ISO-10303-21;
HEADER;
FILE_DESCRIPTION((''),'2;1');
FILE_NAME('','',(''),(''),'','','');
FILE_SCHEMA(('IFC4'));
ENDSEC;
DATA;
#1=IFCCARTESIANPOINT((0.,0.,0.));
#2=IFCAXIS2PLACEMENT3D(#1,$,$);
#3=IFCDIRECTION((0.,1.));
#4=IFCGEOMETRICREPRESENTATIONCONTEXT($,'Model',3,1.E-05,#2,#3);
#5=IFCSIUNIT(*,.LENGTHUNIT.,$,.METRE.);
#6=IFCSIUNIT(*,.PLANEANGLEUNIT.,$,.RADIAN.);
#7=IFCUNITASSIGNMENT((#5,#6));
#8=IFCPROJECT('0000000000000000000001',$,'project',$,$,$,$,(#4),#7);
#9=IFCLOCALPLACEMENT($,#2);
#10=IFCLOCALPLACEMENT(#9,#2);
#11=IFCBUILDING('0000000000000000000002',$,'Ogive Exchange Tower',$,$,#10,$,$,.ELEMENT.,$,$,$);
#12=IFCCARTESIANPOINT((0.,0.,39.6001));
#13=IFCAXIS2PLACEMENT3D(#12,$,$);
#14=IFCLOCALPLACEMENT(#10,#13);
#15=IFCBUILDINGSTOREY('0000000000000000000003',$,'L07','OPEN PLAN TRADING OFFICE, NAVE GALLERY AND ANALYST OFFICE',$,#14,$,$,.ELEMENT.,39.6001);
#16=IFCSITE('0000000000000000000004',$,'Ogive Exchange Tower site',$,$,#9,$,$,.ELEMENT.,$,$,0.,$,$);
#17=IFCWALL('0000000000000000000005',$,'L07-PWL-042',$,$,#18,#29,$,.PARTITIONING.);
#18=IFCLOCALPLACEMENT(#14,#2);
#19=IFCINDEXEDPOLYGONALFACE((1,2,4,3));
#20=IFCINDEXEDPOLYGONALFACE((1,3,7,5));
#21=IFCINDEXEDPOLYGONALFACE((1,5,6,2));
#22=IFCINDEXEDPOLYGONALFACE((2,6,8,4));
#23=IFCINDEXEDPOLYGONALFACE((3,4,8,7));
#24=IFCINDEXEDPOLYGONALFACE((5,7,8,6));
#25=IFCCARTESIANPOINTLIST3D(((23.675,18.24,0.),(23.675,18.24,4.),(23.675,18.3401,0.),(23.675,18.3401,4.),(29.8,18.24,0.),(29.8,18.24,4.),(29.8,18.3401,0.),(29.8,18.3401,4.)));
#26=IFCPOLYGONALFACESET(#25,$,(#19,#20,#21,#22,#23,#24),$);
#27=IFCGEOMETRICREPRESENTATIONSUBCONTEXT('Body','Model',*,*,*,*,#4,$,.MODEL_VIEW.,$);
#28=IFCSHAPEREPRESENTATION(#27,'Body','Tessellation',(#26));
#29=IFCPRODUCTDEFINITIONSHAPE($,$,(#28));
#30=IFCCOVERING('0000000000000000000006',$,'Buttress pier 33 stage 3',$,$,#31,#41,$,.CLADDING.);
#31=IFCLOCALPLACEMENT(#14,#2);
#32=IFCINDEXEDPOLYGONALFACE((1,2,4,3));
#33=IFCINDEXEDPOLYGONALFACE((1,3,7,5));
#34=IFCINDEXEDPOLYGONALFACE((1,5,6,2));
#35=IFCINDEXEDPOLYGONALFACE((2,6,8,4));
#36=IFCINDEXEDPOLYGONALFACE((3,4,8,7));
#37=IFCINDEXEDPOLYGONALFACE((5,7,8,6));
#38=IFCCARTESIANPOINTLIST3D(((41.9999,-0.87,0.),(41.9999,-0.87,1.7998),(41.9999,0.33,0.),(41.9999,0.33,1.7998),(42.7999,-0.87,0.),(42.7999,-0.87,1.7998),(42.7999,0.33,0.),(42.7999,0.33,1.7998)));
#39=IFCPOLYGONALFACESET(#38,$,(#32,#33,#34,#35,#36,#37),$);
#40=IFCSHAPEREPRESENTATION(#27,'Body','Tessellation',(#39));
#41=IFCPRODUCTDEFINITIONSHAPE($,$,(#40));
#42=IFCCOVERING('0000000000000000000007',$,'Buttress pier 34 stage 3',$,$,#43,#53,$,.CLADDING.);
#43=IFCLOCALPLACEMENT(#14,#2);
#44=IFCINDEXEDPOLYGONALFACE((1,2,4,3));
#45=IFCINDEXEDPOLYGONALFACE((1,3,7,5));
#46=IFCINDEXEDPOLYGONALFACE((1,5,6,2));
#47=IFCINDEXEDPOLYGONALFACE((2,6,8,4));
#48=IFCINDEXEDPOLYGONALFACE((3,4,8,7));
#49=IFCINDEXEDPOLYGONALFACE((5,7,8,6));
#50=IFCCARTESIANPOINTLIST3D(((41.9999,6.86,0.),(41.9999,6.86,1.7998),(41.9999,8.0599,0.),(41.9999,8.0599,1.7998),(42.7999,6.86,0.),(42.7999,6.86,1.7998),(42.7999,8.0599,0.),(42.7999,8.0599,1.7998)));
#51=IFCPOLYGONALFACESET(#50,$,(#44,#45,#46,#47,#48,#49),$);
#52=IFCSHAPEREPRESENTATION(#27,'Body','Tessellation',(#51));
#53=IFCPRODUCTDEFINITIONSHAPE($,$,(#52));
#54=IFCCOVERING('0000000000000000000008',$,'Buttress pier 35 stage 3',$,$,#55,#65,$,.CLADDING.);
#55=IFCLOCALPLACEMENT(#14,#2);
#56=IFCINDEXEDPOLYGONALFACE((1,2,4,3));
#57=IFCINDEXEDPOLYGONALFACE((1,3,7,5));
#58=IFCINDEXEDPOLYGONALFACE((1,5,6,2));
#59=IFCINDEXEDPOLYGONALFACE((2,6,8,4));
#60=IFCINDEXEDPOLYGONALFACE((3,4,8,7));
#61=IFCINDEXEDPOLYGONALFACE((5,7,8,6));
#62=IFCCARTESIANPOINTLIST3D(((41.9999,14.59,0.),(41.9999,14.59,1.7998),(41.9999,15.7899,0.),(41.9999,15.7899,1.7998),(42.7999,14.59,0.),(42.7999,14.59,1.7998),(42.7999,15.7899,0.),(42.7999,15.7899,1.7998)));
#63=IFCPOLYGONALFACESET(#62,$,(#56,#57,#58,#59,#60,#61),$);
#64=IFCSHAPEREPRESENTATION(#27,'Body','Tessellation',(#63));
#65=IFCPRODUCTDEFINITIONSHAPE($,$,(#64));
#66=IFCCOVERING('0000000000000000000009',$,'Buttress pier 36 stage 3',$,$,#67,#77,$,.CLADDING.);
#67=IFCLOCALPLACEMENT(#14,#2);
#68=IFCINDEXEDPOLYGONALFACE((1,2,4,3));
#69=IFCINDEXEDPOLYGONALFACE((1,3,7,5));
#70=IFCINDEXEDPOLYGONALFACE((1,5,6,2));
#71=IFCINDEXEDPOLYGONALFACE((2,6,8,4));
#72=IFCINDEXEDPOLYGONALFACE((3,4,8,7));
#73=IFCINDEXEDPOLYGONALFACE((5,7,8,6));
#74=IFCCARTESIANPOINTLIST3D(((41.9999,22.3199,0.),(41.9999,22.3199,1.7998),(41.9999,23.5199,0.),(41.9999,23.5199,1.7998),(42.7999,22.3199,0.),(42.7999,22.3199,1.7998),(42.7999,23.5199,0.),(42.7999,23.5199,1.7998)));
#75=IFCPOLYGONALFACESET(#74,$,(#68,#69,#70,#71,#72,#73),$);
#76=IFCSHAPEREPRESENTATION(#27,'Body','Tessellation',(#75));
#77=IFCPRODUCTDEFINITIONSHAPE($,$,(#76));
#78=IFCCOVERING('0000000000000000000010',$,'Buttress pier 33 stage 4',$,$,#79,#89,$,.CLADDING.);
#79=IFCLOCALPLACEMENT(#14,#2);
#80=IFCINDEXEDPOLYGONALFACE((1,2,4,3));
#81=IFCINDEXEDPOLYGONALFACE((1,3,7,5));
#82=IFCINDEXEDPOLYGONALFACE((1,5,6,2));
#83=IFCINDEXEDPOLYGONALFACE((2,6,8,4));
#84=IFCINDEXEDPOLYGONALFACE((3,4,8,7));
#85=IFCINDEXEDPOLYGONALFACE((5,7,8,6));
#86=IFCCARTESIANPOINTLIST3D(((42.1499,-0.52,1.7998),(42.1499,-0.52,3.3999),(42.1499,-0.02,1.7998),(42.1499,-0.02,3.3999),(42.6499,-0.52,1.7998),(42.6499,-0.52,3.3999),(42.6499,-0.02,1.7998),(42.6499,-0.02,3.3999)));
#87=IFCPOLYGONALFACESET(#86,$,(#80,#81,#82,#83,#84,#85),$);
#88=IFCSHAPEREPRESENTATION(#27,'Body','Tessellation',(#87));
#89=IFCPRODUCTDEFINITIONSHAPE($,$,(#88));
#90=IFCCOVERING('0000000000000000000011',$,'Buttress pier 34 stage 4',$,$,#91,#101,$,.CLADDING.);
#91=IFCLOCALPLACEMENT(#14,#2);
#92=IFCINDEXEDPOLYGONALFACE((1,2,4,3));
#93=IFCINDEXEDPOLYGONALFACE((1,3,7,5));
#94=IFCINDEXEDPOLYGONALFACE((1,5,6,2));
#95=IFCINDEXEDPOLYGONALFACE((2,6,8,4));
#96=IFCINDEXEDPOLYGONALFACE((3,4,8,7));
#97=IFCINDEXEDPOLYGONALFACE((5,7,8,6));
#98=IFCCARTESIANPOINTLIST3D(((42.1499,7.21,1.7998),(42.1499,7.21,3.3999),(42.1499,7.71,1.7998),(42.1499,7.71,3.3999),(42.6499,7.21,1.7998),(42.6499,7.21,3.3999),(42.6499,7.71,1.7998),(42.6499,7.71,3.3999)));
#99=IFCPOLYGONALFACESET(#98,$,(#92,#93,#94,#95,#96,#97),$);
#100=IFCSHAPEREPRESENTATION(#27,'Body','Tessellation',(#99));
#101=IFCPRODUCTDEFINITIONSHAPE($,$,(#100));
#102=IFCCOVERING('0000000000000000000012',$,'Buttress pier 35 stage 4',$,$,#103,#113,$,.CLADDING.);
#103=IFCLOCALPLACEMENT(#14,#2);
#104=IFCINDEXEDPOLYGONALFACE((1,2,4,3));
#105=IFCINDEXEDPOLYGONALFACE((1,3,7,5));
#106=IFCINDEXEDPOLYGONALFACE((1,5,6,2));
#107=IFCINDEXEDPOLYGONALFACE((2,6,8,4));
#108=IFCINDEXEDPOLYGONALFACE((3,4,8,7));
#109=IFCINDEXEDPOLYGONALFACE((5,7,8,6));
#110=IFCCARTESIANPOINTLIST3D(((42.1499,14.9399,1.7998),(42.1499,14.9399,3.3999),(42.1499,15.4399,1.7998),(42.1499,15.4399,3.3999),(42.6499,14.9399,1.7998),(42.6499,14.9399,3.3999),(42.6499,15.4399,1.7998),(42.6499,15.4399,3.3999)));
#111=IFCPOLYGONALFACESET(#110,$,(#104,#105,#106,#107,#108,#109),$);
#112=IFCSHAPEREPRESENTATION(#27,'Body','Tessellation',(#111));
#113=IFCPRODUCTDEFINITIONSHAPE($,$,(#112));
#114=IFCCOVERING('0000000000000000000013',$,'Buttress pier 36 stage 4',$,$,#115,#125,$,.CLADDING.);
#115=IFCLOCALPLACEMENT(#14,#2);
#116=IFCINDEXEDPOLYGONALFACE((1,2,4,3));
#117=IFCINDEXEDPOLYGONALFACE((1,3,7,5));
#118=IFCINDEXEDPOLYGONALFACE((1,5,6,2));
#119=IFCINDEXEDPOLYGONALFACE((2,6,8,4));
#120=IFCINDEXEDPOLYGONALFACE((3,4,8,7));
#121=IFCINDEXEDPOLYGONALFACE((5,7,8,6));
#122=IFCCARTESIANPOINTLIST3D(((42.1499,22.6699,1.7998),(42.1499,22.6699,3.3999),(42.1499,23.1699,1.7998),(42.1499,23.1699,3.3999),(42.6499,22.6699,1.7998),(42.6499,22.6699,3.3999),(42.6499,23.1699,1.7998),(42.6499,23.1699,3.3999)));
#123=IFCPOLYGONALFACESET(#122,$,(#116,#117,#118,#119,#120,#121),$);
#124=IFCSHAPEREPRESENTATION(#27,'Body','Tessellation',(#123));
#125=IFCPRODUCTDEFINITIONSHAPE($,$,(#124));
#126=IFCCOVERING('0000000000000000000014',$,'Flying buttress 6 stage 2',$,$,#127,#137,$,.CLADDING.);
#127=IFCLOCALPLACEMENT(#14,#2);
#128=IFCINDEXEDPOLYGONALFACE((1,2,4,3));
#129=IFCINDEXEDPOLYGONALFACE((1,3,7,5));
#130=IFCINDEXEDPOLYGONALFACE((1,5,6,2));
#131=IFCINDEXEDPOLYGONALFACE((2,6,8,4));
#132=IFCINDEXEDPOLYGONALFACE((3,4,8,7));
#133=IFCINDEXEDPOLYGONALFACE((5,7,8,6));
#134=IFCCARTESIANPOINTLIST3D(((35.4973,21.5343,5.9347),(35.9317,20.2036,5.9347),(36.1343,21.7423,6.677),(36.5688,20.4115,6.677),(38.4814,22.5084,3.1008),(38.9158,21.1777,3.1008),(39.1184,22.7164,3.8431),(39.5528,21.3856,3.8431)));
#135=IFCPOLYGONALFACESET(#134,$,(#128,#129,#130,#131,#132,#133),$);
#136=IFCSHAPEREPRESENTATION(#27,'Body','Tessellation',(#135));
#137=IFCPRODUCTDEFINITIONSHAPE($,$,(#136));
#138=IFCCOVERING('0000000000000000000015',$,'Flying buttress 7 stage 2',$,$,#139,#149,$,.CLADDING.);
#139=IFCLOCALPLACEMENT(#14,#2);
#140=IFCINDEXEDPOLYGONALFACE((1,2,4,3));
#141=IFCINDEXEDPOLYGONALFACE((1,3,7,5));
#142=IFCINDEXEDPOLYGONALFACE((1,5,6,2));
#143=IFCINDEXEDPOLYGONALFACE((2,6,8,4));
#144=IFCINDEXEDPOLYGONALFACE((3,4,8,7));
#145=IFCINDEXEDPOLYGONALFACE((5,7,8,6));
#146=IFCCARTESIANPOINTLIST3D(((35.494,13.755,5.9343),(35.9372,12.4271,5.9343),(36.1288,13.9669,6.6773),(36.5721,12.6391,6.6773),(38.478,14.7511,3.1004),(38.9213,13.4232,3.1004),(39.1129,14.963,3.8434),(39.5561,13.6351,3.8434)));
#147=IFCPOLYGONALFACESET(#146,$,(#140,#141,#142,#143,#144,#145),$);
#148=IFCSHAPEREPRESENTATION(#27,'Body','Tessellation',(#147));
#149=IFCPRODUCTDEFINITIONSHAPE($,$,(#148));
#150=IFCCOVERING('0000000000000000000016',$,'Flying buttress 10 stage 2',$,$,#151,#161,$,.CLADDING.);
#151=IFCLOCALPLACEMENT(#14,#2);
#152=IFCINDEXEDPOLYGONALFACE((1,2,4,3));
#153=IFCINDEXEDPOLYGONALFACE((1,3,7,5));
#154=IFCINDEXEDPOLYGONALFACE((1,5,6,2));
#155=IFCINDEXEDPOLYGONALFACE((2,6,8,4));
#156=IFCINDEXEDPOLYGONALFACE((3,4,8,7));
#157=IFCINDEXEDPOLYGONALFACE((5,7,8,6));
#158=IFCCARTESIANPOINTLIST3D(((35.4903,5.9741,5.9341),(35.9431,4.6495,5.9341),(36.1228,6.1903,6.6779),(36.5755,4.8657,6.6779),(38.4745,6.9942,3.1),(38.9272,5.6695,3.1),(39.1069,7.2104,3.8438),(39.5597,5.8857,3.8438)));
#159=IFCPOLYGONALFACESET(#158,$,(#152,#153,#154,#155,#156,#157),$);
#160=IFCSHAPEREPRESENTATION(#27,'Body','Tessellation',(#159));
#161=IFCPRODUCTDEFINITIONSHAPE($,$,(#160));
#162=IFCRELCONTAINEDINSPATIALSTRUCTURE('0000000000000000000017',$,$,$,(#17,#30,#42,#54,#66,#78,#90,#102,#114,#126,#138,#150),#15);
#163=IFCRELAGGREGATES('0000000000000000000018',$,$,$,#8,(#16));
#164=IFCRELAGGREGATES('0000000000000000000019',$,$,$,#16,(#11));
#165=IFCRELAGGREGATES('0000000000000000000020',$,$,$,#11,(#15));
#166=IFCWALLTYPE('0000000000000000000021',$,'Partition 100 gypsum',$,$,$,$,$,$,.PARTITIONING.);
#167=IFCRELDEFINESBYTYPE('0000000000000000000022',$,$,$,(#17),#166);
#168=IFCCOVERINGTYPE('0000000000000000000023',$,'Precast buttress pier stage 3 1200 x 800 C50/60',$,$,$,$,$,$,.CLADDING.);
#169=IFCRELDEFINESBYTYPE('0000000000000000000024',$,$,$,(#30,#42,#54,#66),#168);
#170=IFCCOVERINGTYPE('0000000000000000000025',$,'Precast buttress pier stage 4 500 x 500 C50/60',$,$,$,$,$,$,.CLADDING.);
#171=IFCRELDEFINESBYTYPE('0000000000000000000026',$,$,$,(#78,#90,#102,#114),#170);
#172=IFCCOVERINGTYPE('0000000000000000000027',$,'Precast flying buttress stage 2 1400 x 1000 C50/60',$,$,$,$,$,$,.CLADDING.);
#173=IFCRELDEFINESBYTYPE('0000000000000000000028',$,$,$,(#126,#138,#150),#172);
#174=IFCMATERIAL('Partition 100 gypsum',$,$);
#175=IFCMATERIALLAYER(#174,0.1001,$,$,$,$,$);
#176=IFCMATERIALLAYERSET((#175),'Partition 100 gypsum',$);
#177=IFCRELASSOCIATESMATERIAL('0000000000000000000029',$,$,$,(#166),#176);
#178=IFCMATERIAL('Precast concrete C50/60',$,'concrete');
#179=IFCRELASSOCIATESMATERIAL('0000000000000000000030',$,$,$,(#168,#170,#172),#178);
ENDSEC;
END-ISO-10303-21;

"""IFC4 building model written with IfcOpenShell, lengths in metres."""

from ifc_helpers import new_model, si_unit, direction, frame, frame_2d, origin, origin_2d, place, context, subcontext, project, spatial, rectangle, extrude, material, layer, layer_set, material_profile, profile_set, type_object, element, save


model = new_model("IFC4")

# Units and contexts
model_context = context("Model", 3, precision=1e-05, world=origin(), true_north=direction((0.0, 1.0)))
body_context = subcontext(model_context, "Body", "Model", "MODEL_VIEW")
ifc_project = project(units=[si_unit("LENGTHUNIT", "METRE"), si_unit("PLANEANGLEUNIT", "RADIAN")], contexts=[model_context])

# Site, building, storey
site_placement = place(None, origin())
site = spatial("IfcSite", under=ifc_project, at=site_placement, Name="Ogive Exchange Tower site", CompositionType="ELEMENT", RefElevation=0.0)
building_placement = place(site_placement, origin())
building = spatial("IfcBuilding", under=site, at=building_placement, Name="Ogive Exchange Tower", CompositionType="ELEMENT")
storey_placement = place(building_placement, frame((0.0, 0.0, 39.6001)))
storey = spatial("IfcBuildingStorey", under=building, at=storey_placement, Name="L07", Description="OPEN PLAN TRADING OFFICE, NAVE GALLERY AND ANALYST OFFICE", CompositionType="ELEMENT", Elevation=39.6001)

# Wall
ifc_material_1 = material(Name="Partition 100 gypsum")
ifc_layer_1 = layer(ifc_material_1, 0.1001)
ifc_layer_set_1 = layer_set([ifc_layer_1], Name="Partition 100 gypsum")
wall_type_1 = type_object("IfcWallType", Name="Partition 100 gypsum", PredefinedType="PARTITIONING", material=ifc_layer_set_1)
for number, where, z_axis, x_axis, name in (
    (1, (23.675, 18.29, 0.0), (0.0, 0.0, 1.0), (1.0, 0.0, 0.0), "L07-PWL-042"),
):
    element("IfcWall", number, at=place(storey_placement, frame(where, z_axis=z_axis, x_axis=x_axis)), inside=storey, type_object=wall_type_1, Name=name, PredefinedType="PARTITIONING", context=body_context, shape_type="SweptSolid", body=[
        extrude(rectangle(XDim=6.125, YDim=0.1001, at=frame_2d((3.0625, 0.0))), origin(), (0.0, 0.0, 1.0), 4.0),
    ])

# Coverings
ifc_material_2 = material(Name="Precast concrete C50/60", Category="concrete")
ifc_material_profile_1 = material_profile(ifc_material_2, rectangle(XDim=1.2, YDim=0.8, at=origin_2d()), Name="BUTTRESS PIER 3 1200 x 800")
ifc_profile_set_1 = profile_set([ifc_material_profile_1], Name="Precast concrete C50/60")
covering_type_1 = type_object("IfcCoveringType", Name="Precast buttress pier stage 3 1200 x 800 C50/60", PredefinedType="CLADDING", material=ifc_profile_set_1)
for number, where, z_axis, x_axis, name in (
    (2, (42.3999, -0.27, 0.0), (0.0, 0.0, 1.0), (0.0, 1.0, 0.0), "Buttress pier 33 stage 3"),
    (3, (42.3999, 7.46, 0.0), (0.0, 0.0, 1.0), (0.0, 1.0, 0.0), "Buttress pier 34 stage 3"),
    (4, (42.3999, 15.1899, 0.0), (0.0, 0.0, 1.0), (0.0, 1.0, 0.0), "Buttress pier 35 stage 3"),
    (5, (42.3999, 22.9199, 0.0), (0.0, 0.0, 1.0), (0.0, 1.0, 0.0), "Buttress pier 36 stage 3"),
):
    element("IfcCovering", number, at=place(storey_placement, frame(where, z_axis=z_axis, x_axis=x_axis)), inside=storey, type_object=covering_type_1, Name=name, PredefinedType="CLADDING", context=body_context, shape_type="SweptSolid", body=[
        extrude(rectangle(XDim=1.2, YDim=0.8, at=origin_2d()), origin(), (0.0, 0.0, 1.0), 1.7998),
    ])
ifc_material_profile_2 = material_profile(ifc_material_2, rectangle(XDim=0.5, YDim=0.5, at=origin_2d()), Name="BUTTRESS PIER 4 500 x 500")
ifc_profile_set_2 = profile_set([ifc_material_profile_2], Name="Precast concrete C50/60")
covering_type_2 = type_object("IfcCoveringType", Name="Precast buttress pier stage 4 500 x 500 C50/60", PredefinedType="CLADDING", material=ifc_profile_set_2)
for number, where, z_axis, x_axis, name in (
    (6, (42.3999, -0.27, 1.7998), (0.0, 0.0, 1.0), (0.0, 1.0, 0.0), "Buttress pier 33 stage 4"),
    (7, (42.3999, 7.46, 1.7998), (0.0, 0.0, 1.0), (0.0, 1.0, 0.0), "Buttress pier 34 stage 4"),
    (8, (42.3999, 15.1899, 1.7998), (0.0, 0.0, 1.0), (0.0, 1.0, 0.0), "Buttress pier 35 stage 4"),
    (9, (42.3999, 22.9199, 1.7998), (0.0, 0.0, 1.0), (0.0, 1.0, 0.0), "Buttress pier 36 stage 4"),
):
    element("IfcCovering", number, at=place(storey_placement, frame(where, z_axis=z_axis, x_axis=x_axis)), inside=storey, type_object=covering_type_2, Name=name, PredefinedType="CLADDING", context=body_context, shape_type="SweptSolid", body=[
        extrude(rectangle(XDim=0.5, YDim=0.5, at=origin_2d()), origin(), (0.0, 0.0, 1.0), 1.6001),
    ])
ifc_material_profile_3 = material_profile(ifc_material_2, rectangle(XDim=1.3999, YDim=1.0, at=origin_2d()), Name="FLYING BUTTRESS 2 1400 x 1000")
ifc_profile_set_3 = profile_set([ifc_material_profile_3], Name="Precast concrete C50/60")
covering_type_3 = type_object("IfcCoveringType", Name="Precast flying buttress stage 2 1400 x 1000 C50/60", PredefinedType="CLADDING", material=ifc_profile_set_3)
covering_1_placement = place(storey_placement, frame((39.0171, 21.947, 3.4719), z_axis=(-0.705616, -0.230337, 0.670113), x_axis=(0.310319, -0.950633, 0.0)))
element("IfcCovering", 10, at=covering_1_placement, inside=storey, type_object=covering_type_3, Name="Flying buttress 6 stage 2", PredefinedType="CLADDING", context=body_context, shape_type="SweptSolid", body=[
    extrude(rectangle(XDim=1.3999, YDim=1.0, at=origin_2d()), origin(), (0.0, 0.0, 1.0), 4.229),
])
covering_2_placement = place(storey_placement, frame((39.0171, 14.1931, 3.4719), z_axis=(-0.704763, -0.235248, 0.669303), x_axis=(0.316624, -0.948551, 0.0)))
element("IfcCovering", 11, at=covering_2_placement, inside=storey, type_object=covering_type_3, Name="Flying buttress 7 stage 2", PredefinedType="CLADDING", context=body_context, shape_type="SweptSolid", body=[
    extrude(rectangle(XDim=1.3999, YDim=1.0, at=origin_2d()), origin(), (0.0, 0.0, 1.0), 4.2341),
])
covering_3_placement = place(storey_placement, frame((39.0171, 6.4399, 3.4719), z_axis=(-0.703817, -0.240575, 0.668405), x_axis=(0.323441, -0.946248, 0.0)))
element("IfcCovering", 12, at=covering_3_placement, inside=storey, type_object=covering_type_3, Name="Flying buttress 10 stage 2", PredefinedType="CLADDING", context=body_context, shape_type="SweptSolid", body=[
    extrude(rectangle(XDim=1.3999, YDim=1.0, at=origin_2d()), origin(), (0.0, 0.0, 1.0), 4.24),
])

save(model, "model.ifc")
